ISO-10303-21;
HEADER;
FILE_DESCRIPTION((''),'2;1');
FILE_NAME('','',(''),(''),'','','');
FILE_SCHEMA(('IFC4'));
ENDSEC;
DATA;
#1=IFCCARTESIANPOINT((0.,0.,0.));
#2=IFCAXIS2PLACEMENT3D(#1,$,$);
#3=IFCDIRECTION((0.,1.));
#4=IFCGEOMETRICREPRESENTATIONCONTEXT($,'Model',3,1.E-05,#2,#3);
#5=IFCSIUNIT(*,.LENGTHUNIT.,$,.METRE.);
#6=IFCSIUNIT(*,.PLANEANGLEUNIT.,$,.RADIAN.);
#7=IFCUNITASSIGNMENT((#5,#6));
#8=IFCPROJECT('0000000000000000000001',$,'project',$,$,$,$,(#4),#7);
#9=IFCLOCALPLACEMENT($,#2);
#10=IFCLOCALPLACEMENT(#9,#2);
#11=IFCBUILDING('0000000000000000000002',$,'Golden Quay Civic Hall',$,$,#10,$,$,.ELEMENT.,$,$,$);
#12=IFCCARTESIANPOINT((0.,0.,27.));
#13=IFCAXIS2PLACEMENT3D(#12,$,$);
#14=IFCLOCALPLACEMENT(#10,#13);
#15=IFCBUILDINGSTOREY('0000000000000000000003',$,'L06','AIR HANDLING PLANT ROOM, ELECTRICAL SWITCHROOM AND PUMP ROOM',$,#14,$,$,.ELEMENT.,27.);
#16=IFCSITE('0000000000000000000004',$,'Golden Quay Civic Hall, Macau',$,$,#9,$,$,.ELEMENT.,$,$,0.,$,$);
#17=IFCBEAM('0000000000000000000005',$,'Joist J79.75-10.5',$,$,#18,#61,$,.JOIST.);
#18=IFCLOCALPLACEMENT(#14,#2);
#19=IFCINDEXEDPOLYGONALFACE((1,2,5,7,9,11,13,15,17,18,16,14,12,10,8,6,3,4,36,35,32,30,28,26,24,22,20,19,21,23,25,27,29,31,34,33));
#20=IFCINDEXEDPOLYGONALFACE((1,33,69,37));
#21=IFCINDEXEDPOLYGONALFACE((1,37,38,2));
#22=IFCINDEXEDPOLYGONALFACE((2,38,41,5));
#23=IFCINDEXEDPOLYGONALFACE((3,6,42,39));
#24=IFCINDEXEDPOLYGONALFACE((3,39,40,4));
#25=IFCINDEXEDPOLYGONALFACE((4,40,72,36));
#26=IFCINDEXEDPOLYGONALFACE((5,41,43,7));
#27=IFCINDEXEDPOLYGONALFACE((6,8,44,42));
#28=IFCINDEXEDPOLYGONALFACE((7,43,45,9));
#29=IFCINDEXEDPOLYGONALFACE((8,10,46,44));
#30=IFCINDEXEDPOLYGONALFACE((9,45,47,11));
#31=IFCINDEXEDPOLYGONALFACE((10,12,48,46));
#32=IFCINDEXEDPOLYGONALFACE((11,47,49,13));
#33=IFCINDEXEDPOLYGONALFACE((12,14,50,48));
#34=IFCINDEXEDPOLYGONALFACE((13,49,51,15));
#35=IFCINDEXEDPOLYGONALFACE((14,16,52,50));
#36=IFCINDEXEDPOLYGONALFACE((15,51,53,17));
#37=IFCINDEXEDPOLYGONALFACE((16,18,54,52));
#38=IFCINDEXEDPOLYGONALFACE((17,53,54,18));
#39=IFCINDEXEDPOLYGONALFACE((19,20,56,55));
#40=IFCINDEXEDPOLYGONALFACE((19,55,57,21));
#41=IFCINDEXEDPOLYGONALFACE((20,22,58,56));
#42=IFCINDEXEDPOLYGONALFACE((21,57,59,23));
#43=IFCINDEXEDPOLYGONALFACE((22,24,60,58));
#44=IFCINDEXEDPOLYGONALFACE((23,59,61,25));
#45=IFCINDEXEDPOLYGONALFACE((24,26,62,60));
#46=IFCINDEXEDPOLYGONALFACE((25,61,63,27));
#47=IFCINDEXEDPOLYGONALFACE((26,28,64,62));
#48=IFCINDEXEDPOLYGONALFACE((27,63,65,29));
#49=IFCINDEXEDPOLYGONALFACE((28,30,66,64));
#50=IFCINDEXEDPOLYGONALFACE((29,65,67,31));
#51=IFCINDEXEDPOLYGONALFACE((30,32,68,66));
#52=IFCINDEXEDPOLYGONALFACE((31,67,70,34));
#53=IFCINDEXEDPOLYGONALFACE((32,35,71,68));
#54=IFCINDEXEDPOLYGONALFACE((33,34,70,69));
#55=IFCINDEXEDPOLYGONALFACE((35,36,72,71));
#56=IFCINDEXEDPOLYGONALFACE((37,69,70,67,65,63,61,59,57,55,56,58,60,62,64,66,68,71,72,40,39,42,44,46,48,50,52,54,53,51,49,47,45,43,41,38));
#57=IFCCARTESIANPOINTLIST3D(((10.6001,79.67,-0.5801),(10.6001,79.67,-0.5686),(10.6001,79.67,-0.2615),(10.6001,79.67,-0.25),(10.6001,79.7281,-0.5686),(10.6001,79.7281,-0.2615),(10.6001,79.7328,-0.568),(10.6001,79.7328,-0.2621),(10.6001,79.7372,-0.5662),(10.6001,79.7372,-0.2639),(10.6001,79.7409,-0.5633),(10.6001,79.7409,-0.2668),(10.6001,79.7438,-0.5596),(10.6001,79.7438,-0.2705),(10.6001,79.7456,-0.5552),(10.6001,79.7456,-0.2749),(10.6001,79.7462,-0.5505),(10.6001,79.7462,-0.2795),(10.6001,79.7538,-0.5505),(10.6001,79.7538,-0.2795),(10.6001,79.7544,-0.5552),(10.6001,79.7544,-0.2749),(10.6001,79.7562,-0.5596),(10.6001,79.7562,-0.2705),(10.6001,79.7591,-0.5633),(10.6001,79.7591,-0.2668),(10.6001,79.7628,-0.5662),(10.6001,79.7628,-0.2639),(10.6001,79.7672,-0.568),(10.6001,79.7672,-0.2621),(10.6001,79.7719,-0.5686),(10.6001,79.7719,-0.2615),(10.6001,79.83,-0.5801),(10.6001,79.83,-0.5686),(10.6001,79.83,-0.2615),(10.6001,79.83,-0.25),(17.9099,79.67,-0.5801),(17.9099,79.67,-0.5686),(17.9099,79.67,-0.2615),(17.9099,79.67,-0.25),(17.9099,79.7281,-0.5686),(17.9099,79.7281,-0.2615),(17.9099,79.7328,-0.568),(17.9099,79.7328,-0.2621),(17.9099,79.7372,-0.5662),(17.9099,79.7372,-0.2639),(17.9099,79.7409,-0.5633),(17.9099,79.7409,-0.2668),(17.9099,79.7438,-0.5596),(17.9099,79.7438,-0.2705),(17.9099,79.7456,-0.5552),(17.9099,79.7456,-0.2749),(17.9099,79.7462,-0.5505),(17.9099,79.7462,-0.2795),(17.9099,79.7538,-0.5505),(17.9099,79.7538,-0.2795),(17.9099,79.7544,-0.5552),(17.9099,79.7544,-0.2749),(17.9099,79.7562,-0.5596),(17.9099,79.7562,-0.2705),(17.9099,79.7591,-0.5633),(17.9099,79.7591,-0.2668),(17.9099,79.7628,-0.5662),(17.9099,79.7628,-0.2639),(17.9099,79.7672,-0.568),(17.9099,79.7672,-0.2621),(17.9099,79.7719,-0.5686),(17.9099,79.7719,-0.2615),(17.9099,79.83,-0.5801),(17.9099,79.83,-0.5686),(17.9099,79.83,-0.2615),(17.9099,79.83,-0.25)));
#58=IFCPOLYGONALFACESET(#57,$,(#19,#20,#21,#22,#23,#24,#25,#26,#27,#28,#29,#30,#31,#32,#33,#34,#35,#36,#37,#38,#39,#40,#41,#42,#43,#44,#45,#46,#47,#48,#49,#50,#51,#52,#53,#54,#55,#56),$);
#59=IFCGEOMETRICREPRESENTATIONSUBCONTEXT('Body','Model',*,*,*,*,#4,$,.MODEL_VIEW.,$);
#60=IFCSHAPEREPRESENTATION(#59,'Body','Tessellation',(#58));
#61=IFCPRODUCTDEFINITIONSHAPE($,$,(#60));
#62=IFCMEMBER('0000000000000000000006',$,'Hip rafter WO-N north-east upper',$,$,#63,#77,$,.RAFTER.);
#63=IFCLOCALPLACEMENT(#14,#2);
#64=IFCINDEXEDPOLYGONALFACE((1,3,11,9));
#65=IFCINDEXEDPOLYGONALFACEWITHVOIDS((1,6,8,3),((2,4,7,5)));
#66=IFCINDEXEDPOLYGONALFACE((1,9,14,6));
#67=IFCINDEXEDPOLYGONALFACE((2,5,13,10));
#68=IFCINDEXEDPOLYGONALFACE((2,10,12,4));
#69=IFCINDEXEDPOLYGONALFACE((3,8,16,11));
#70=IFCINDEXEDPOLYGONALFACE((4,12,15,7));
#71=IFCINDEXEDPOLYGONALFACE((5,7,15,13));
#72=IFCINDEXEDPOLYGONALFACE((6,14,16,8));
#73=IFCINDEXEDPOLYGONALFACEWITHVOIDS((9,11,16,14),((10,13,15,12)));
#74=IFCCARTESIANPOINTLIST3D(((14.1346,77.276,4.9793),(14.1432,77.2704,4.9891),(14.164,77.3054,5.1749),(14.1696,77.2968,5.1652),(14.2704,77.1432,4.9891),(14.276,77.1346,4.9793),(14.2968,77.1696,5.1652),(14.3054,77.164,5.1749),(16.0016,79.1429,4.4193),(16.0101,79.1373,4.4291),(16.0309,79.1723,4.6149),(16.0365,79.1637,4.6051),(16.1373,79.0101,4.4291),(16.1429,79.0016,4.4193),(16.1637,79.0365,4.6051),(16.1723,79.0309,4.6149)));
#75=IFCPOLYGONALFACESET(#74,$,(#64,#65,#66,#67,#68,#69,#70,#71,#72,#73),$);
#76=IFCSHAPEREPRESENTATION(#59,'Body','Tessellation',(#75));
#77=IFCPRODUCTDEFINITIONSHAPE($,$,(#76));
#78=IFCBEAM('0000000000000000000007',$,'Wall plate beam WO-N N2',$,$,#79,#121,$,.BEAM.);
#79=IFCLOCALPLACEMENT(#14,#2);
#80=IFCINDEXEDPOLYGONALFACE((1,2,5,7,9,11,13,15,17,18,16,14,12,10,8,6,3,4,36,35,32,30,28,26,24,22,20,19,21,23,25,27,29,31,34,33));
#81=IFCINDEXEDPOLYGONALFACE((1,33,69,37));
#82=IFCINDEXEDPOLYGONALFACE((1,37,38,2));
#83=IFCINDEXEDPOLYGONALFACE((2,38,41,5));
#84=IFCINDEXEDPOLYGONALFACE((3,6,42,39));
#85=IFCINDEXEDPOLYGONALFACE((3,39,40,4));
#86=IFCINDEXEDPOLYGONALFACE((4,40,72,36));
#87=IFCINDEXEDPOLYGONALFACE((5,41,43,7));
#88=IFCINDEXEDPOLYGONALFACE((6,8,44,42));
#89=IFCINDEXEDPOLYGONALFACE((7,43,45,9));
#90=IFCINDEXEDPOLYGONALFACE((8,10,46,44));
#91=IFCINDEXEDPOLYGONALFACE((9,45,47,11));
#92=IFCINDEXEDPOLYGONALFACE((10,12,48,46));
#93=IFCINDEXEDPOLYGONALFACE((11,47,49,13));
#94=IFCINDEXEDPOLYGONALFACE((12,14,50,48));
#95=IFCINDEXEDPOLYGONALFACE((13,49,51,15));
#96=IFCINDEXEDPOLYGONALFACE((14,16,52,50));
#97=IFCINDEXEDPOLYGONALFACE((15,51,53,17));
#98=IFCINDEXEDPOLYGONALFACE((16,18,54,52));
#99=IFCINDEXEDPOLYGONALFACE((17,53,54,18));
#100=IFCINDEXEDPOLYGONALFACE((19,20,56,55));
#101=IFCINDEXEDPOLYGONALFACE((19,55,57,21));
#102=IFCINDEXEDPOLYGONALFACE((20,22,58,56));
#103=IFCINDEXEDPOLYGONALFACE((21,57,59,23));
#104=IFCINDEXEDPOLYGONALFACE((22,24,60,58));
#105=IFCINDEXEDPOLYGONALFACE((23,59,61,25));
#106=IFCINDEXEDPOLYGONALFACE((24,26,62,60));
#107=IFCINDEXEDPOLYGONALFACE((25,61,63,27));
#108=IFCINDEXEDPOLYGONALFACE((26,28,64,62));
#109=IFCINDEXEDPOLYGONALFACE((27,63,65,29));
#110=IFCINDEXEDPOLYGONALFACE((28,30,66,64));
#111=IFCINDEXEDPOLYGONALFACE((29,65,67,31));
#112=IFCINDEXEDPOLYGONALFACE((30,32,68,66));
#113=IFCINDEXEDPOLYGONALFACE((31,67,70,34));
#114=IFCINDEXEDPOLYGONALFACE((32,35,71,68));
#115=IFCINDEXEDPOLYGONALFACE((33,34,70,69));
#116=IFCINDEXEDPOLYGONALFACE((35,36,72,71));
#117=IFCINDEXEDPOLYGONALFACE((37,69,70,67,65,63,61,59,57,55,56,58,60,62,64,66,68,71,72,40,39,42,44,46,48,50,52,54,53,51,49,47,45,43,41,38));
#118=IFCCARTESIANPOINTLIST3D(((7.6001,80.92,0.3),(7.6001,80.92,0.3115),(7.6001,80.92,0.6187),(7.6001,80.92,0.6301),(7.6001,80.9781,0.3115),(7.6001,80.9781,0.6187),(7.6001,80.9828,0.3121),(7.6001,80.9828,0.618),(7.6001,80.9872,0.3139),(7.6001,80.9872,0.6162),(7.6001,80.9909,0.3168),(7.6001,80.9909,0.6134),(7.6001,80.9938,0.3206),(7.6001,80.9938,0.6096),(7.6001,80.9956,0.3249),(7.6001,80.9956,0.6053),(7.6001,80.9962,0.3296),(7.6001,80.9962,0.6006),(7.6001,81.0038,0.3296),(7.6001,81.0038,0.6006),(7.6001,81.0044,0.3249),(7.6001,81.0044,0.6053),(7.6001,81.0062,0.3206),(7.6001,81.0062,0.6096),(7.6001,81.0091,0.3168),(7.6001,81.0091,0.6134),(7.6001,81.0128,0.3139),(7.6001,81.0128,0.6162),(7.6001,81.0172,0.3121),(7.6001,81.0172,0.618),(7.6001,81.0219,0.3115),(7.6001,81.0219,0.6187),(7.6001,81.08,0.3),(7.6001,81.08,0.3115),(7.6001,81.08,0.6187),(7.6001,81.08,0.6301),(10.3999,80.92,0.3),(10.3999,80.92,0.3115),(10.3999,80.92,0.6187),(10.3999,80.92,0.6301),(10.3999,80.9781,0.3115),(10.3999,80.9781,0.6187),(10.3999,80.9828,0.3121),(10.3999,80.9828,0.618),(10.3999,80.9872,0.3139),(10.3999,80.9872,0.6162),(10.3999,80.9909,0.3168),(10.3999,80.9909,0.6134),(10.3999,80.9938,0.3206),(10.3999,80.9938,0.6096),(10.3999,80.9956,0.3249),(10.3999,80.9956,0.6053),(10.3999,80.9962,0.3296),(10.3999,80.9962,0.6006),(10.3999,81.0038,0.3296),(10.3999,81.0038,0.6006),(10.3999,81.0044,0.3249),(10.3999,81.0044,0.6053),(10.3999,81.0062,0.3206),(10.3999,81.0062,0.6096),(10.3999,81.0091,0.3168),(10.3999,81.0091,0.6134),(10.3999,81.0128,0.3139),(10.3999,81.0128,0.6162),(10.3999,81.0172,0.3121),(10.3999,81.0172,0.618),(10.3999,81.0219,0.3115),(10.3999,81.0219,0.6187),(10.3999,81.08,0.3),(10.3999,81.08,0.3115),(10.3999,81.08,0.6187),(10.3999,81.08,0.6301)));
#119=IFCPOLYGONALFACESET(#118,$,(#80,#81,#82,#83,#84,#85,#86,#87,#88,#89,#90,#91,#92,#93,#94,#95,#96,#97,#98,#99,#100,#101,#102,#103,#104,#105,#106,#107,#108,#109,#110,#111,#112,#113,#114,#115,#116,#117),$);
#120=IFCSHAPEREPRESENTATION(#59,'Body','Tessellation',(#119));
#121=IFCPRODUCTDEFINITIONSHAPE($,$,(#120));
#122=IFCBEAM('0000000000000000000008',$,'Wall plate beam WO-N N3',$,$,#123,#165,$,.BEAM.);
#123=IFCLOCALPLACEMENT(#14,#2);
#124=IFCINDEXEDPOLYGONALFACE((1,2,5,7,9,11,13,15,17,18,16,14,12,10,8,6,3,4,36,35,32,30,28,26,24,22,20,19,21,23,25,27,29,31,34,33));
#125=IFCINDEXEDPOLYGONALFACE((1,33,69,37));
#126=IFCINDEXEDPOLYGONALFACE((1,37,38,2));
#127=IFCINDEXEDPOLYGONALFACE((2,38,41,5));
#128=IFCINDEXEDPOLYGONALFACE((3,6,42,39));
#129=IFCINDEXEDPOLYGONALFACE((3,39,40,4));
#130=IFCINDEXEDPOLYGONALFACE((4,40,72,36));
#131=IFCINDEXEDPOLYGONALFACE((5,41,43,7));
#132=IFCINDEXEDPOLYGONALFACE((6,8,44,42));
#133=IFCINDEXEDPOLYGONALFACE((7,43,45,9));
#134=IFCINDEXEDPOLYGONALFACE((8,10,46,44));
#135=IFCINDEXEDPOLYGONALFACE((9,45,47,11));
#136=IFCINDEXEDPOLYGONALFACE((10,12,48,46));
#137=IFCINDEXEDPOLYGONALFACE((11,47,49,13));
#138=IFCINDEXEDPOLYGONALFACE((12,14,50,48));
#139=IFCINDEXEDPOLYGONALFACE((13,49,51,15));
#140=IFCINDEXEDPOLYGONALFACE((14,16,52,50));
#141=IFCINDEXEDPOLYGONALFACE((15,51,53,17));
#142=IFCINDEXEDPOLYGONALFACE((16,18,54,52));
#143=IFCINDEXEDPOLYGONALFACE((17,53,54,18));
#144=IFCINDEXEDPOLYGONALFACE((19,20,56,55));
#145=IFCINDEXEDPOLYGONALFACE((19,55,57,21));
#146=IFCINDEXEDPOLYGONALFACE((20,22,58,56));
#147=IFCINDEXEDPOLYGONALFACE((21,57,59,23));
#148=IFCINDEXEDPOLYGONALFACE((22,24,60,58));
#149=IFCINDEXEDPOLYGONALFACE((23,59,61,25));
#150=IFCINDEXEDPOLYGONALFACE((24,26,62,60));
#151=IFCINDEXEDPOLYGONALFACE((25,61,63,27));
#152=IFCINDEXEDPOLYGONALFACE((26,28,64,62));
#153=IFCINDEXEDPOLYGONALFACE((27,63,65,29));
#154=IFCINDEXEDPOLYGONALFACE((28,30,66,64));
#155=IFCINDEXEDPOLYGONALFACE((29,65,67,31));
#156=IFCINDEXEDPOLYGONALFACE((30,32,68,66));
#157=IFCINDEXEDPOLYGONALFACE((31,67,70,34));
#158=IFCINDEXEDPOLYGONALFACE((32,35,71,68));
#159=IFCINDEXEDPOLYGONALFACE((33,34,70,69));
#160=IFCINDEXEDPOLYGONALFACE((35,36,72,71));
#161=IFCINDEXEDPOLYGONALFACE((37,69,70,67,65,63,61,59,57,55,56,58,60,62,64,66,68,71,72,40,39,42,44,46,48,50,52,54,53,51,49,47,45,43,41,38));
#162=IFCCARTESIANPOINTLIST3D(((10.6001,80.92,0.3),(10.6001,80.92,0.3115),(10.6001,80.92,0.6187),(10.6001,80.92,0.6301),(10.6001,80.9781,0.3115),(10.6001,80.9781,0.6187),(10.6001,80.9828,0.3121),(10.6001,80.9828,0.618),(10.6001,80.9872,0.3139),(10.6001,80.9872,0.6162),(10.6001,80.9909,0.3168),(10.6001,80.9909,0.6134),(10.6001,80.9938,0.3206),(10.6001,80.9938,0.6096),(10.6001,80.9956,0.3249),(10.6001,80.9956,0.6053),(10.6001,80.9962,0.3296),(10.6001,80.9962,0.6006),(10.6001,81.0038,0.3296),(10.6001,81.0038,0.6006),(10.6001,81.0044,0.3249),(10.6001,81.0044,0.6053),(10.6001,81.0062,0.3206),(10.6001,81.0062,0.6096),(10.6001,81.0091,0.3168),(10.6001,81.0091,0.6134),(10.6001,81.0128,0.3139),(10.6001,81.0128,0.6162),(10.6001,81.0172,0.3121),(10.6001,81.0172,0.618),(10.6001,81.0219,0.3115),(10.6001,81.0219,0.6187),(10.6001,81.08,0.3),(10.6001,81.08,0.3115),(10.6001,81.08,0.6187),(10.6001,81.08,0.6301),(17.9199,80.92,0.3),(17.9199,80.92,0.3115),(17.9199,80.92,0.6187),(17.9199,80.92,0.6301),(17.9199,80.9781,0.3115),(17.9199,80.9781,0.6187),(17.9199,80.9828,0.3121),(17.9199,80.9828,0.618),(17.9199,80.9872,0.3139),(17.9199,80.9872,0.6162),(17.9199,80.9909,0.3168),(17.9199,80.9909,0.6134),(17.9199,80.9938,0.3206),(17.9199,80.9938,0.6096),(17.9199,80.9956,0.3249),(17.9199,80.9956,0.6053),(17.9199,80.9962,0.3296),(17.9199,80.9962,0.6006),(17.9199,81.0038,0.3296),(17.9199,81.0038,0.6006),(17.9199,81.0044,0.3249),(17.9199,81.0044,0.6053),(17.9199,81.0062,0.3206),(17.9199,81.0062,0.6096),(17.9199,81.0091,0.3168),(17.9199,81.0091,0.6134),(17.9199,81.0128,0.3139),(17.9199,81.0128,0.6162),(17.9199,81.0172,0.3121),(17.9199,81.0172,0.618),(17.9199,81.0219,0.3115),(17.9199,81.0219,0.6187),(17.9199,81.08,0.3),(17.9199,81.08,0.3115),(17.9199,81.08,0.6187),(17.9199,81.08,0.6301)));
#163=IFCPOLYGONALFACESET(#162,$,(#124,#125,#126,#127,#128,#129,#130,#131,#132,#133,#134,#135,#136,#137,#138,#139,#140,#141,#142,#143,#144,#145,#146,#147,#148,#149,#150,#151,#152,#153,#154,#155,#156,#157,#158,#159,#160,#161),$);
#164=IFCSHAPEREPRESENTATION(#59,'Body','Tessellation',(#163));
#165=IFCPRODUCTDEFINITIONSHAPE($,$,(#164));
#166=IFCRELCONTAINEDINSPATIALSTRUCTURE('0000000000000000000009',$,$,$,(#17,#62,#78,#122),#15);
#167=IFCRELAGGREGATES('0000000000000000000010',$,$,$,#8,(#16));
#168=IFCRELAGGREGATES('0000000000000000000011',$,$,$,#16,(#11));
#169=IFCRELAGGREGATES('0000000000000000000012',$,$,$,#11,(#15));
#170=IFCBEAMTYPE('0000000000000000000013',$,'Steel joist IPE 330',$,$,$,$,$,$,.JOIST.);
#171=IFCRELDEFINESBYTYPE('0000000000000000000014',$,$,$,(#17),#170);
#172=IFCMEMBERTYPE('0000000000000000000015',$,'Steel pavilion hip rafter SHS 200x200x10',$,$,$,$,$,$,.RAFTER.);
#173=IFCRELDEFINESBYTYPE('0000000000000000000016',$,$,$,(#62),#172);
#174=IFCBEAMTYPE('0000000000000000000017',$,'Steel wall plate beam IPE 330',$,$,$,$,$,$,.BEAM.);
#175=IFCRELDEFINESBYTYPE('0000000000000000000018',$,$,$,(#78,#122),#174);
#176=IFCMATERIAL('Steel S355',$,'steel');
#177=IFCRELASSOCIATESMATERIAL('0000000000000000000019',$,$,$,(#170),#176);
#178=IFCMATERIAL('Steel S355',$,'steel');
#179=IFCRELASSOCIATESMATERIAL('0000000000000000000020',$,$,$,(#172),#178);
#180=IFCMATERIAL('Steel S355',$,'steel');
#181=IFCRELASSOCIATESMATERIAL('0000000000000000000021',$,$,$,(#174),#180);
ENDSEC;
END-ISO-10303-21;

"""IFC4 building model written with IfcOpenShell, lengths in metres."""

from ifc_helpers import new_model, si_unit, direction, frame, origin, origin_2d, place, context, subcontext, project, spatial, hollow_rectangle, i_section, extrude, material, material_profile, profile_set, type_object, element, save


model = new_model("IFC4")

# Units and contexts
model_context = context("Model", 3, precision=1e-05, world=origin(), true_north=direction((0.0, 1.0)))
body_context = subcontext(model_context, "Body", "Model", "MODEL_VIEW")
ifc_project = project(units=[si_unit("LENGTHUNIT", "METRE"), si_unit("PLANEANGLEUNIT", "RADIAN")], contexts=[model_context])

# Site, building, storey
site_placement = place(None, origin())
site = spatial("IfcSite", under=ifc_project, at=site_placement, Name="Golden Quay Civic Hall, Macau", CompositionType="ELEMENT", RefElevation=0.0)
building_placement = place(site_placement, origin())
building = spatial("IfcBuilding", under=site, at=building_placement, Name="Golden Quay Civic Hall", CompositionType="ELEMENT")
storey_placement = place(building_placement, frame((0.0, 0.0, 27.0)))
storey = spatial("IfcBuildingStorey", under=building, at=storey_placement, Name="L06", Description="AIR HANDLING PLANT ROOM, ELECTRICAL SWITCHROOM AND PUMP ROOM", CompositionType="ELEMENT", Elevation=27.0)

# Beam
ifc_material_1 = material(Name="Steel S355", Category="steel")
ifc_material_profile_1 = material_profile(ifc_material_1, i_section(OverallWidth=0.1599, OverallDepth=0.3301, WebThickness=0.0076, FlangeThickness=0.0115, FilletRadius=0.0181, at=origin_2d()), Name="IPE 330")
ifc_profile_set_1 = profile_set([ifc_material_profile_1], Name="Steel S355")
beam_type_1 = type_object("IfcBeamType", Name="Steel joist IPE 330", PredefinedType="JOIST", material=ifc_profile_set_1)
beam_1_placement = place(storey_placement, frame((10.6001, 79.75, -0.415), z_axis=(1.0, 0.0, 0.0), x_axis=(0.0, 1.0, 0.0)))
element("IfcBeam", 1, at=beam_1_placement, inside=storey, type_object=beam_type_1, Name="Joist J79.75-10.5", PredefinedType="JOIST", context=body_context, shape_type="SweptSolid", body=[
    extrude(i_section(OverallWidth=0.1599, OverallDepth=0.3301, WebThickness=0.0076, FlangeThickness=0.0115, FilletRadius=0.0181, at=origin_2d()), origin(), (0.0, 0.0, 1.0), 7.3098),
])

# Member
ifc_material_2 = material(Name="Steel S355", Category="steel")
ifc_material_profile_2 = material_profile(ifc_material_2, hollow_rectangle(XDim=0.2, YDim=0.2, WallThickness=0.01, at=origin_2d()), Name="SHS 200x200x10")
ifc_profile_set_2 = profile_set([ifc_material_profile_2], Name="Steel S355")
member_type_1 = type_object("IfcMemberType", Name="Steel pavilion hip rafter SHS 200x200x10", PredefinedType="RAFTER", material=ifc_profile_set_2)
member_1_placement = place(storey_placement, frame((16.0869, 79.0869, 4.5171), z_axis=(-0.691716, -0.691716, 0.207506), x_axis=(0.707107, -0.707107, 0.0)))
element("IfcMember", 2, at=member_1_placement, inside=storey, type_object=member_type_1, Name="Hip rafter WO-N north-east upper", PredefinedType="RAFTER", context=body_context, shape_type="SweptSolid", body=[
    extrude(hollow_rectangle(XDim=0.2, YDim=0.2, WallThickness=0.01, at=origin_2d()), origin(), (0.0, 0.0, 1.0), 2.699),
])

# Beams
ifc_material_3 = material(Name="Steel S355", Category="steel")
ifc_material_profile_3 = material_profile(ifc_material_3, i_section(OverallWidth=0.1599, OverallDepth=0.3301, WebThickness=0.0076, FlangeThickness=0.0115, FilletRadius=0.0181, at=origin_2d()), Name="IPE 330")
ifc_profile_set_3 = profile_set([ifc_material_profile_3], Name="Steel S355")
beam_type_2 = type_object("IfcBeamType", Name="Steel wall plate beam IPE 330", PredefinedType="BEAM", material=ifc_profile_set_3)
beam_2_placement = place(storey_placement, frame((7.6001, 81.0, 0.4651), z_axis=(1.0, 0.0, 0.0), x_axis=(0.0, 1.0, 0.0)))
element("IfcBeam", 3, at=beam_2_placement, inside=storey, type_object=beam_type_2, Name="Wall plate beam WO-N N2", PredefinedType="BEAM", context=body_context, shape_type="SweptSolid", body=[
    extrude(i_section(OverallWidth=0.1599, OverallDepth=0.3301, WebThickness=0.0076, FlangeThickness=0.0115, FilletRadius=0.0181, at=origin_2d()), origin(), (0.0, 0.0, 1.0), 2.7998),
])
beam_3_placement = place(storey_placement, frame((10.6001, 81.0, 0.4651), z_axis=(1.0, 0.0, 0.0), x_axis=(0.0, 1.0, 0.0)))
element("IfcBeam", 4, at=beam_3_placement, inside=storey, type_object=beam_type_2, Name="Wall plate beam WO-N N3", PredefinedType="BEAM", context=body_context, shape_type="SweptSolid", body=[
    extrude(i_section(OverallWidth=0.1599, OverallDepth=0.3301, WebThickness=0.0076, FlangeThickness=0.0115, FilletRadius=0.0181, at=origin_2d()), origin(), (0.0, 0.0, 1.0), 7.3198),
])

save(model, "model.ifc")
